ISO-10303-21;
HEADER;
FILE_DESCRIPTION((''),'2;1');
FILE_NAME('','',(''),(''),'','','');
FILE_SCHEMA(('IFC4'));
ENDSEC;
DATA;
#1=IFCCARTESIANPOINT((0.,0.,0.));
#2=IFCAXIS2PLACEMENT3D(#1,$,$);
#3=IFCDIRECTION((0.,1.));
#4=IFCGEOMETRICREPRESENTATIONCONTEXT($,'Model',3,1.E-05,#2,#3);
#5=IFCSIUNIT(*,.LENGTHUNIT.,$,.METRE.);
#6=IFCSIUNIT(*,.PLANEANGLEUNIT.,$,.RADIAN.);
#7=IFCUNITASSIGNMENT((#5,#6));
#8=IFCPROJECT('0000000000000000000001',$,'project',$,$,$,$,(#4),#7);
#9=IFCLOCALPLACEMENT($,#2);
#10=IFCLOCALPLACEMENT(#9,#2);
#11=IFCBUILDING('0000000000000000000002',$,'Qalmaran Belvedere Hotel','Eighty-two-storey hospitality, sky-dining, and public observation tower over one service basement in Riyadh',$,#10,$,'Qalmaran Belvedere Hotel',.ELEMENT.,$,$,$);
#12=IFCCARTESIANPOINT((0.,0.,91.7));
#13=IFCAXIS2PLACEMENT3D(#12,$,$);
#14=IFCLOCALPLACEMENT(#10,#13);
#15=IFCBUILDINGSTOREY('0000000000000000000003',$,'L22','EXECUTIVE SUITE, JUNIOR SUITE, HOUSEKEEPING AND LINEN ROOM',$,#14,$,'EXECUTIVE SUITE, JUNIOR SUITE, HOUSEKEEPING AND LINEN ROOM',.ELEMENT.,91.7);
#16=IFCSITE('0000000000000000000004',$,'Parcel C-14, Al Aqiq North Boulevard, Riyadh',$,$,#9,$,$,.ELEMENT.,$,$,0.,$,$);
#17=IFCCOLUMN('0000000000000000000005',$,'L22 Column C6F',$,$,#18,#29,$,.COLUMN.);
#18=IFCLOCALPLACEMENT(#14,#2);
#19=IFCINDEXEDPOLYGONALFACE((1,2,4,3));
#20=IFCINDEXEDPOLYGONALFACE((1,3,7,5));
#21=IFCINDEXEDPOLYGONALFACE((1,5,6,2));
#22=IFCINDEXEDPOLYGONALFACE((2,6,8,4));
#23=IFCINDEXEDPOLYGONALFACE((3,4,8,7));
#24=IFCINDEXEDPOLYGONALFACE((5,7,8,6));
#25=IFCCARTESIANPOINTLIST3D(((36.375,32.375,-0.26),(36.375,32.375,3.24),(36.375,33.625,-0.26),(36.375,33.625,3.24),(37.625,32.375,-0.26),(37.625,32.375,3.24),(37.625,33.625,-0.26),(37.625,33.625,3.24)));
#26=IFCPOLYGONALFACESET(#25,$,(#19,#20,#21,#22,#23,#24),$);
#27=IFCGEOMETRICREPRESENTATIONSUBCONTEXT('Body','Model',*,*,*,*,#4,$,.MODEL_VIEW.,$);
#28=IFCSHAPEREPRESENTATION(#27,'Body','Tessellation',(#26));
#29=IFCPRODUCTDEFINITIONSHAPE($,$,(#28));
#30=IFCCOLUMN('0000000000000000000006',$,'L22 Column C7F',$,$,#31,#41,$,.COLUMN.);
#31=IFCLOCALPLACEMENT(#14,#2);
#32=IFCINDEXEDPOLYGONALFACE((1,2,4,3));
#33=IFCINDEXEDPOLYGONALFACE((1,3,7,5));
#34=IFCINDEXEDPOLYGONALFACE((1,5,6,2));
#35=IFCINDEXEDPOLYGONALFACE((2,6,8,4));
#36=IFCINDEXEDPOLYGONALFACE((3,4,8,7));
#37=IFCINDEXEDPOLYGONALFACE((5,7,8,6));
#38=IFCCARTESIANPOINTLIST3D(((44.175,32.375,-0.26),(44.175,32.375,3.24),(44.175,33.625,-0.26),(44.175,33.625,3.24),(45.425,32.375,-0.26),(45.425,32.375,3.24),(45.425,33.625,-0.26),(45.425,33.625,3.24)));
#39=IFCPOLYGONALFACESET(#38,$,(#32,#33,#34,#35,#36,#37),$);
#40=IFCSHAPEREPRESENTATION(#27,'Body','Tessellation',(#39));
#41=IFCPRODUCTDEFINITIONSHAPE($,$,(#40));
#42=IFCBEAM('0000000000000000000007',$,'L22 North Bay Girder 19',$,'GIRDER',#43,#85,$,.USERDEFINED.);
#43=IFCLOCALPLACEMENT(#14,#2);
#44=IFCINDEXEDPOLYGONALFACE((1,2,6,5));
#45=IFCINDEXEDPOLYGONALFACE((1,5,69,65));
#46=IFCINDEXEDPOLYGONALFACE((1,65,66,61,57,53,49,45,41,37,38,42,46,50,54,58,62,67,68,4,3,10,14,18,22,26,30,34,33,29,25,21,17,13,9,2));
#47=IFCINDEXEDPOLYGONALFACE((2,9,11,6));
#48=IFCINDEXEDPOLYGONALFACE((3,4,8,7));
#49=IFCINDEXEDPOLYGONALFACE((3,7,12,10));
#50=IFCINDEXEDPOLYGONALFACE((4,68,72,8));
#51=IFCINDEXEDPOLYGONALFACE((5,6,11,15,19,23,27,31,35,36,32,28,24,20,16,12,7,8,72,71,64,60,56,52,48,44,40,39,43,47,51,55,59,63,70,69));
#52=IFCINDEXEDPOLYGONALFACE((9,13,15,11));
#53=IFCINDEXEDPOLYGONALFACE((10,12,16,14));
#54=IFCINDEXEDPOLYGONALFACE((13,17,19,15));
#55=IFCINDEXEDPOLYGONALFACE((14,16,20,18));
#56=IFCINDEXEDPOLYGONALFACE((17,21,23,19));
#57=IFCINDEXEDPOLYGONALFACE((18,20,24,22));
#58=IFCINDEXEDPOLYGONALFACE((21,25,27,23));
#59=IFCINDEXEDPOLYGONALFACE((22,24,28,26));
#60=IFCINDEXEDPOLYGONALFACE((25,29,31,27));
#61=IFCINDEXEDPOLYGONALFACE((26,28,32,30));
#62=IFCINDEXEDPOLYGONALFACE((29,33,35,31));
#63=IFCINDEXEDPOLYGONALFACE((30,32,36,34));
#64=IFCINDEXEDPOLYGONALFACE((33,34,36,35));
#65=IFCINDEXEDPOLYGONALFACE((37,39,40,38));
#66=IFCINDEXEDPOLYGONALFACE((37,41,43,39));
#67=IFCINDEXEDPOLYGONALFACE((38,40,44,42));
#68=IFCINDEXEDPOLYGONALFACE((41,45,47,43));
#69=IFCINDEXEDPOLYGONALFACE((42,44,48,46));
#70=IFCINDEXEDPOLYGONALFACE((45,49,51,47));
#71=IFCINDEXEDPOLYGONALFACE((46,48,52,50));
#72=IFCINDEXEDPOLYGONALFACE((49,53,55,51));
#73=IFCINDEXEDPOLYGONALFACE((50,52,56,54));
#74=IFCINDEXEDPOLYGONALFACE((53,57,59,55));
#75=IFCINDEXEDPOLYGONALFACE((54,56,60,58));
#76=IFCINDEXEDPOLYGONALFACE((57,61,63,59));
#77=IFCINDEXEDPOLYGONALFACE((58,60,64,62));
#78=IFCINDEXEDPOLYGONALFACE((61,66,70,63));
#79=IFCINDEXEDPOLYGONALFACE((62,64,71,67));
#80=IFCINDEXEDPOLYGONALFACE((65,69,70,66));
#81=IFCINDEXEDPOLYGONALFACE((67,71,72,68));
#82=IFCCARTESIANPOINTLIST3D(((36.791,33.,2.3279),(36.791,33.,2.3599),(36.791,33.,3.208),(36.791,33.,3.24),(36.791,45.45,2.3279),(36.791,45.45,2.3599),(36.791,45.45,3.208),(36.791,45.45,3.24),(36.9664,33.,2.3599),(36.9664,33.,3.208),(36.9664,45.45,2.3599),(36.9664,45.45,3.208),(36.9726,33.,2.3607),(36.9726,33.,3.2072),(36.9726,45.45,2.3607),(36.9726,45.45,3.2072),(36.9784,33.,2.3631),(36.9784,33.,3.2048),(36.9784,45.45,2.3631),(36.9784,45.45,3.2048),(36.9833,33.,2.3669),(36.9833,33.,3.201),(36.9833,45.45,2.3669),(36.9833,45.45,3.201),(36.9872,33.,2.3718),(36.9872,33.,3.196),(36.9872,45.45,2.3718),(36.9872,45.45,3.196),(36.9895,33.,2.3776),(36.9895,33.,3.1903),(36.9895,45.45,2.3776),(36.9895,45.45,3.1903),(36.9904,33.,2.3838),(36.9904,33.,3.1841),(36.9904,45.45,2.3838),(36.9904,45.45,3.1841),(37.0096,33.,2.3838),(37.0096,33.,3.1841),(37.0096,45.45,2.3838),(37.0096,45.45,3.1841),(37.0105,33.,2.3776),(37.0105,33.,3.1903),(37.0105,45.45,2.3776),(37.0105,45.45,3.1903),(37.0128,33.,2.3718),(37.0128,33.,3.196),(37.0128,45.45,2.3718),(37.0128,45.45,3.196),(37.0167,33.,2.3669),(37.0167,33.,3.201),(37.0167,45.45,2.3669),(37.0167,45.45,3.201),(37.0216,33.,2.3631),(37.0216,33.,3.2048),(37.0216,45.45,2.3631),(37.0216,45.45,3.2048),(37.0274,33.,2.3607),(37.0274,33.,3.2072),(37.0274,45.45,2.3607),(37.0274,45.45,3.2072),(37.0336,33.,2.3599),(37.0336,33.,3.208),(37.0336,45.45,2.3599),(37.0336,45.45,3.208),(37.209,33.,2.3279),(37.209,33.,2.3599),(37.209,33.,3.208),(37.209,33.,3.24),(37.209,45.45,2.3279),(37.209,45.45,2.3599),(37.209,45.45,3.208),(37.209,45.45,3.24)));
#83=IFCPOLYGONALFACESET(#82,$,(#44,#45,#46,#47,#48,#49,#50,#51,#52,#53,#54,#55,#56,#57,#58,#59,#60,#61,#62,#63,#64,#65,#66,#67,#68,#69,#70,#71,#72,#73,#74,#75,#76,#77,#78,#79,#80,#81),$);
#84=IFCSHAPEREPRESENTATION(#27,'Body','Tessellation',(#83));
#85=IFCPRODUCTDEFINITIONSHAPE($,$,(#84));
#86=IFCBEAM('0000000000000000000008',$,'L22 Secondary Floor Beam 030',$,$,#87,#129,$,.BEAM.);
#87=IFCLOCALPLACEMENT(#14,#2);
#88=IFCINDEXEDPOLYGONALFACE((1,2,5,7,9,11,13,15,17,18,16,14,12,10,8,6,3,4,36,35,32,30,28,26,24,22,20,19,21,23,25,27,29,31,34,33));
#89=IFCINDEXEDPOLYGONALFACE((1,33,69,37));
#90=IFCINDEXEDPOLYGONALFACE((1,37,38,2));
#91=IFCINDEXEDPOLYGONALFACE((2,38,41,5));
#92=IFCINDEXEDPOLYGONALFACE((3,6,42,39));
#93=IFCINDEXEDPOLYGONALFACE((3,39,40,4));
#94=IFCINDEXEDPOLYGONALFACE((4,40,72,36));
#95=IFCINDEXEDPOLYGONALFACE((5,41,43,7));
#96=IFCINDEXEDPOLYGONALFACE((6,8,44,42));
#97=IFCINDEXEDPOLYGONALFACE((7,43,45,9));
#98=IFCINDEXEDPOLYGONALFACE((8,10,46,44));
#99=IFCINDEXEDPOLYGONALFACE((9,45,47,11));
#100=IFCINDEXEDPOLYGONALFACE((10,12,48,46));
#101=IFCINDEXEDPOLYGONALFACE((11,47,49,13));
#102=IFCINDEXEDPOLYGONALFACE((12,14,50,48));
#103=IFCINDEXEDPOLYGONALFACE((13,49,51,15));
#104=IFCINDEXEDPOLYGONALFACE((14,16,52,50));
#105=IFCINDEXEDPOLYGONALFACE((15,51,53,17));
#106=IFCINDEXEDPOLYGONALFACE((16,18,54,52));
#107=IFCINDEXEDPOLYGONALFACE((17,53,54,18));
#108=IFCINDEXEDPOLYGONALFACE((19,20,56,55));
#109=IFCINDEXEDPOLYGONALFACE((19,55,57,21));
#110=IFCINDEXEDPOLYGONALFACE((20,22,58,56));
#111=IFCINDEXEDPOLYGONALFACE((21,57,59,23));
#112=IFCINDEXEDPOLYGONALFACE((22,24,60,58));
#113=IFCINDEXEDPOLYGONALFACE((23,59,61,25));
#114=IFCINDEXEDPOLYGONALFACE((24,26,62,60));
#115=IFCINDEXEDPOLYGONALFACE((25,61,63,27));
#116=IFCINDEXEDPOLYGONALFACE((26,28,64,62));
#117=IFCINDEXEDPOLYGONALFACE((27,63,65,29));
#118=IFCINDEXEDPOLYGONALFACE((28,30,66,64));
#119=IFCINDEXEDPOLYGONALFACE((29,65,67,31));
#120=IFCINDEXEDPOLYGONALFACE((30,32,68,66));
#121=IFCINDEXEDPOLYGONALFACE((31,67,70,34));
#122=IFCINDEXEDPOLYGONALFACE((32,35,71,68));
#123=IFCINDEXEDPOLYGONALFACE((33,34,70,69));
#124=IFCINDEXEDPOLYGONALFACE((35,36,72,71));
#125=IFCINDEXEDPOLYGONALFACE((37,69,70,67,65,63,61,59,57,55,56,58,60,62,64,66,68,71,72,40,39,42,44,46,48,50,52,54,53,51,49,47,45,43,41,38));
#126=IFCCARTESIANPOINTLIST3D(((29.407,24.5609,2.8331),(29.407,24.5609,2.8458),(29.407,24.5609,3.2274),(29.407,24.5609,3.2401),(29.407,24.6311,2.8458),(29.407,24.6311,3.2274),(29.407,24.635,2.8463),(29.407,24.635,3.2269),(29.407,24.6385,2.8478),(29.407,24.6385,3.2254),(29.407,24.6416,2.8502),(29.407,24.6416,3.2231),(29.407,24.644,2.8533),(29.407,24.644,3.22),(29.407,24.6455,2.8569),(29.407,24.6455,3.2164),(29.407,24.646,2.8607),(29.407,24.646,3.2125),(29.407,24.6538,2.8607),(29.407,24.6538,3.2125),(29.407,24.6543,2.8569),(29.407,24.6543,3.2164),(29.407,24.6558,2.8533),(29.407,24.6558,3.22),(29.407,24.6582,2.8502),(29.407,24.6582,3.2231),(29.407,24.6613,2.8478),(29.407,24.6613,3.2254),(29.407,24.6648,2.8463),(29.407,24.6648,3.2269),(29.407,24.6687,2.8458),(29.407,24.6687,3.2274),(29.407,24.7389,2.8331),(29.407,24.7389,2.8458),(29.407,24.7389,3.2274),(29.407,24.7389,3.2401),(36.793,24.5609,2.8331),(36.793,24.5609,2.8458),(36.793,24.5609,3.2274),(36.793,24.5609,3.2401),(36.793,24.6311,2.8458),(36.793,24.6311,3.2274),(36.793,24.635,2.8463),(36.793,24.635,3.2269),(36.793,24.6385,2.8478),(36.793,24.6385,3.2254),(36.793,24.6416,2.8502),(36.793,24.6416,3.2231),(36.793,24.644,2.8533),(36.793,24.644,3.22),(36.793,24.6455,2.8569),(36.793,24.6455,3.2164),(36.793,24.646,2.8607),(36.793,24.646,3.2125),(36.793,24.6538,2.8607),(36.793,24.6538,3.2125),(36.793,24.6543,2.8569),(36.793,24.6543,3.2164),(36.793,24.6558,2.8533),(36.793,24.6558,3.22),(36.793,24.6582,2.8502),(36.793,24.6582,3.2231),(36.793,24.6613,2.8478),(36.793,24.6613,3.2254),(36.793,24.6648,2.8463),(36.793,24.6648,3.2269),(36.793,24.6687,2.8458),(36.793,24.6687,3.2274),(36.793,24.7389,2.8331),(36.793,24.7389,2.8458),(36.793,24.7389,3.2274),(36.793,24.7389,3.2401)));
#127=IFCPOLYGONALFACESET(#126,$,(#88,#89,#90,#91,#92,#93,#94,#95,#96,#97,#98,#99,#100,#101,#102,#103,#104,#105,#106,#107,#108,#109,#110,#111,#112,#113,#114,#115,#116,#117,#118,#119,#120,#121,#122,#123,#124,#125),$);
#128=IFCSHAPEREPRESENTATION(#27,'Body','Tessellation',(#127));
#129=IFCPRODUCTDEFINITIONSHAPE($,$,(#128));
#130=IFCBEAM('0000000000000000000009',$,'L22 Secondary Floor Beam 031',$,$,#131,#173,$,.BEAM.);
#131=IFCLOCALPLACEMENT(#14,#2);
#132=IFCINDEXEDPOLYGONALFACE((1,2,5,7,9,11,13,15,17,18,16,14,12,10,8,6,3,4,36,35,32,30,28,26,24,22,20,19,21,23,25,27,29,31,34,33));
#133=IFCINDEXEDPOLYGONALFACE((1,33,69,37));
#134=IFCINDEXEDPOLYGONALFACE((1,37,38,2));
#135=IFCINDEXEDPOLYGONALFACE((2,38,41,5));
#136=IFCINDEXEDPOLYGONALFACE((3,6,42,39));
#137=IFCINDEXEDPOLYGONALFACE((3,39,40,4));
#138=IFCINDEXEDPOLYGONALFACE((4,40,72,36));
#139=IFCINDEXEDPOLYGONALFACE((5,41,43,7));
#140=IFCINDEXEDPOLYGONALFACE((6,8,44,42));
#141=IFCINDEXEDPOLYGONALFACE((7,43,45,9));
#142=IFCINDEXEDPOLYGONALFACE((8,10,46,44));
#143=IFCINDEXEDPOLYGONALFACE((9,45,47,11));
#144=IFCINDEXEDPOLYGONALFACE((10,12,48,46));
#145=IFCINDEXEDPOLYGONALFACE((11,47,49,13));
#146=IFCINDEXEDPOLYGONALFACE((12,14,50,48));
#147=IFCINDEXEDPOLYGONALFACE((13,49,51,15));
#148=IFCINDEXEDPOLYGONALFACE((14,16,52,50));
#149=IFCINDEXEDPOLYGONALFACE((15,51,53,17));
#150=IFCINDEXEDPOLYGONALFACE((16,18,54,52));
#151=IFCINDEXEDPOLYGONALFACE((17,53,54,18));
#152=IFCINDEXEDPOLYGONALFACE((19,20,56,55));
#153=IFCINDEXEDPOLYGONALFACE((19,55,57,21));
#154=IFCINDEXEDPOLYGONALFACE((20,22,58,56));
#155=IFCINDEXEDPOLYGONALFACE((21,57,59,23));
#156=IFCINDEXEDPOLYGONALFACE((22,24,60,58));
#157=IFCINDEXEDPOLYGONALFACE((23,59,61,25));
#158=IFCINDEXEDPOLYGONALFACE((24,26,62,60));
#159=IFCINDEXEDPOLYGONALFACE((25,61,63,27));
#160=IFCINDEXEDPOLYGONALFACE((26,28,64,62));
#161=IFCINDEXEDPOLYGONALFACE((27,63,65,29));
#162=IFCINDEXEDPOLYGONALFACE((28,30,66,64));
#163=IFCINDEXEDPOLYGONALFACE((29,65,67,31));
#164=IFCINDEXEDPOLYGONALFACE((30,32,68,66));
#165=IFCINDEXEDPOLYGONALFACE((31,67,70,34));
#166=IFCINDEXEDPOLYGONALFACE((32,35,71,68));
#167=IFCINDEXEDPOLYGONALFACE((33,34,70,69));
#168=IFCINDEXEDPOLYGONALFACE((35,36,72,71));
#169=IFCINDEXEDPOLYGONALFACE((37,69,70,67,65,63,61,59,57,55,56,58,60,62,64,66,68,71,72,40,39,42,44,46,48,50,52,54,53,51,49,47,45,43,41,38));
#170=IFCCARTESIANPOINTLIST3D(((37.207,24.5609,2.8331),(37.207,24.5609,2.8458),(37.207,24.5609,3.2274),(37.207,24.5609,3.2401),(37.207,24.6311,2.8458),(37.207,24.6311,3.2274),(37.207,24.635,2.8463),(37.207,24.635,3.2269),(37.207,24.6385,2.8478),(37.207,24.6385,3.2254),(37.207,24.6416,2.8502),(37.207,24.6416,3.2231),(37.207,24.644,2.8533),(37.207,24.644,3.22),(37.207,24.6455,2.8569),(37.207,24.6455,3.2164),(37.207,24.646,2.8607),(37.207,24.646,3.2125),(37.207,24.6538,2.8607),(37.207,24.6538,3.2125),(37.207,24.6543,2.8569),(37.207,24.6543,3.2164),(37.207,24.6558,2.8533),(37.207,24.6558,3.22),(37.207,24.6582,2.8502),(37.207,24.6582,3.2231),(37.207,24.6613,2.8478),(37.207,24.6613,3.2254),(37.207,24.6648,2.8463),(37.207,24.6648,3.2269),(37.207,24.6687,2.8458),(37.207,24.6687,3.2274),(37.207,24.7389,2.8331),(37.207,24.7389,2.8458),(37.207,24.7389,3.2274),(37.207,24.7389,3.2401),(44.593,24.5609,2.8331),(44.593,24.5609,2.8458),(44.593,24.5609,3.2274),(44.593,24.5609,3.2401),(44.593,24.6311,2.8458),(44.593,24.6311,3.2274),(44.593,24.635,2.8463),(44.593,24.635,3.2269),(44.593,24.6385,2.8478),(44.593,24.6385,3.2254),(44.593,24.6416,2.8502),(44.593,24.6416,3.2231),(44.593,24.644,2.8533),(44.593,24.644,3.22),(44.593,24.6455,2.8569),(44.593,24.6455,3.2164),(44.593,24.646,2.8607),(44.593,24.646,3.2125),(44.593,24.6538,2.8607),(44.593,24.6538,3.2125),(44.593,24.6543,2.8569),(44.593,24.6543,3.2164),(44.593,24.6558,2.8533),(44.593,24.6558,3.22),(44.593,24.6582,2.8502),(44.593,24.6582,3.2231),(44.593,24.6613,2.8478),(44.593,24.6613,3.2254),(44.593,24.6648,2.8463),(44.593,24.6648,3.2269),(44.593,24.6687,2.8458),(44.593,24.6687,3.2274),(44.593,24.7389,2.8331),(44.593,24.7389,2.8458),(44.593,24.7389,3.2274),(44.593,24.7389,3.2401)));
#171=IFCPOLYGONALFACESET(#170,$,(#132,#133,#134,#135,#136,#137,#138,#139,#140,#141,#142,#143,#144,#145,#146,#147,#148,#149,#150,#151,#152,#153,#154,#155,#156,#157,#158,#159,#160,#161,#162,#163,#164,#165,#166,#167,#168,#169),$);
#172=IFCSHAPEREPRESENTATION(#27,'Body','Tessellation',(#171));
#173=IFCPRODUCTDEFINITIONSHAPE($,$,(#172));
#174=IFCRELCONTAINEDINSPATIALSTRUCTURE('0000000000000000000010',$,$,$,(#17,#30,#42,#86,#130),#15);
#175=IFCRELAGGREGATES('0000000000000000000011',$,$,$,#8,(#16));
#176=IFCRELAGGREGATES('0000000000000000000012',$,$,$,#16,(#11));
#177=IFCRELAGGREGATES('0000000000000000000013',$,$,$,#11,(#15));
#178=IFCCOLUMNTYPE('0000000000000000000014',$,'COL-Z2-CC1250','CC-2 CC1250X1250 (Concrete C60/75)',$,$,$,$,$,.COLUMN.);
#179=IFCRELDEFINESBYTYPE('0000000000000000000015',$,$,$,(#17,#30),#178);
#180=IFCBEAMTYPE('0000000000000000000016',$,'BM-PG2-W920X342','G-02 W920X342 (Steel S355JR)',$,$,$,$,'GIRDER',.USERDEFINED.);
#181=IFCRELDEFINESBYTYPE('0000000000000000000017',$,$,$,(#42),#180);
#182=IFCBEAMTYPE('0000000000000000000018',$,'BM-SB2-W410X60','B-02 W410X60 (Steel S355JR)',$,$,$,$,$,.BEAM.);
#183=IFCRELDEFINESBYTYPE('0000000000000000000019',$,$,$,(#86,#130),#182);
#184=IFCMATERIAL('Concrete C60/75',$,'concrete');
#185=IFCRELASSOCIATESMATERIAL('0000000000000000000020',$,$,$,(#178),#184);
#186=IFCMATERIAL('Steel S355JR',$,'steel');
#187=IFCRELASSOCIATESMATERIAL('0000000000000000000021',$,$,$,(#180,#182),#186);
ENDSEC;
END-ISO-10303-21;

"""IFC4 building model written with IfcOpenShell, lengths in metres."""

from ifc_helpers import new_model, si_unit, direction, frame, origin, origin_2d, place, context, subcontext, project, spatial, rectangle, i_section, extrude, material, material_profile, profile_set, type_object, element, save


model = new_model("IFC4")

# Units and contexts
model_context = context("Model", 3, precision=1e-05, world=origin(), true_north=direction((0.0, 1.0)))
body_context = subcontext(model_context, "Body", "Model", "MODEL_VIEW")
ifc_project = project(units=[si_unit("LENGTHUNIT", "METRE"), si_unit("PLANEANGLEUNIT", "RADIAN")], contexts=[model_context])

# Site, building, storey
site_placement = place(None, origin())
site = spatial("IfcSite", under=ifc_project, at=site_placement, Name="Parcel C-14, Al Aqiq North Boulevard, Riyadh", CompositionType="ELEMENT", RefElevation=0.0)
building_placement = place(site_placement, origin())
building = spatial("IfcBuilding", under=site, at=building_placement, Name="Qalmaran Belvedere Hotel", Description="Eighty-two-storey hospitality, sky-dining, and public observation tower over one service basement in Riyadh", LongName="Qalmaran Belvedere Hotel", CompositionType="ELEMENT")
storey_placement = place(building_placement, frame((0.0, 0.0, 91.7)))
storey = spatial("IfcBuildingStorey", under=building, at=storey_placement, Name="L22", Description="EXECUTIVE SUITE, JUNIOR SUITE, HOUSEKEEPING AND LINEN ROOM", LongName="EXECUTIVE SUITE, JUNIOR SUITE, HOUSEKEEPING AND LINEN ROOM", CompositionType="ELEMENT", Elevation=91.7)

# Columns
ifc_material_1 = material(Name="Concrete C60/75", Category="concrete")
ifc_material_profile_1 = material_profile(ifc_material_1, rectangle(XDim=1.25, YDim=1.25, at=origin_2d()), Name="CC1250X1250")
ifc_profile_set_1 = profile_set([ifc_material_profile_1], Name="Concrete C60/75")
column_type = type_object("IfcColumnType", Name="COL-Z2-CC1250", Description="CC-2 CC1250X1250 (Concrete C60/75)", PredefinedType="COLUMN", material=ifc_profile_set_1)
for number, where, z_axis, x_axis, name in (
    (1, (37.0, 33.0, -0.26), (0.0, 0.0, 1.0), (1.0, 0.0, 0.0), "L22 Column C6F"),
    (2, (44.8, 33.0, -0.26), (0.0, 0.0, 1.0), (1.0, 0.0, 0.0), "L22 Column C7F"),
):
    element("IfcColumn", number, at=place(storey_placement, frame(where, z_axis=z_axis, x_axis=x_axis)), inside=storey, type_object=column_type, Name=name, PredefinedType="COLUMN", context=body_context, shape_type="SweptSolid", body=[
        extrude(rectangle(XDim=1.25, YDim=1.25, at=origin_2d()), origin(), (0.0, 0.0, 1.0), 3.5),
    ])

# Beams
ifc_material_2 = material(Name="Steel S355JR", Category="steel")
ifc_material_profile_2 = material_profile(ifc_material_2, i_section(OverallWidth=0.418, OverallDepth=0.9121, WebThickness=0.0193, FlangeThickness=0.032, FilletRadius=0.0239, at=origin_2d()), Name="W920X342")
ifc_profile_set_2 = profile_set([ifc_material_profile_2], Name="Steel S355JR")
beam_type_1 = type_object("IfcBeamType", Name="BM-PG2-W920X342", Description="G-02 W920X342 (Steel S355JR)", ElementType="GIRDER", PredefinedType="USERDEFINED", material=ifc_profile_set_2)
beam_1_placement = place(storey_placement, frame((37.0, 33.0, 2.7839), z_axis=(0.0, 1.0, 0.0), x_axis=(-1.0, 0.0, 0.0)))
element("IfcBeam", 3, at=beam_1_placement, inside=storey, type_object=beam_type_1, Name="L22 North Bay Girder 19", ObjectType="GIRDER", PredefinedType="USERDEFINED", context=body_context, shape_type="SweptSolid", body=[
    extrude(i_section(OverallWidth=0.418, OverallDepth=0.9121, WebThickness=0.0193, FlangeThickness=0.032, FilletRadius=0.0239, at=origin_2d()), origin(), (0.0, 0.0, 1.0), 12.45),
])
ifc_material_profile_3 = material_profile(ifc_material_2, i_section(OverallWidth=0.178, OverallDepth=0.407, WebThickness=0.0078, FlangeThickness=0.0127, FilletRadius=0.0149, at=origin_2d()), Name="W410X60")
ifc_profile_set_3 = profile_set([ifc_material_profile_3], Name="Steel S355JR")
beam_type_2 = type_object("IfcBeamType", Name="BM-SB2-W410X60", Description="B-02 W410X60 (Steel S355JR)", PredefinedType="BEAM", material=ifc_profile_set_3)
for number, where, z_axis, x_axis, name in (
    (4, (29.407, 24.6499, 3.0366), (1.0, 0.0, 0.0), (0.0, 1.0, 0.0), "L22 Secondary Floor Beam 030"),
    (5, (37.207, 24.6499, 3.0366), (1.0, 0.0, 0.0), (0.0, 1.0, 0.0), "L22 Secondary Floor Beam 031"),
):
    element("IfcBeam", number, at=place(storey_placement, frame(where, z_axis=z_axis, x_axis=x_axis)), inside=storey, type_object=beam_type_2, Name=name, PredefinedType="BEAM", context=body_context, shape_type="SweptSolid", body=[
        extrude(i_section(OverallWidth=0.178, OverallDepth=0.407, WebThickness=0.0078, FlangeThickness=0.0127, FilletRadius=0.0149, at=origin_2d()), origin(), (0.0, 0.0, 1.0), 7.386),
    ])

save(model, "model.ifc")
